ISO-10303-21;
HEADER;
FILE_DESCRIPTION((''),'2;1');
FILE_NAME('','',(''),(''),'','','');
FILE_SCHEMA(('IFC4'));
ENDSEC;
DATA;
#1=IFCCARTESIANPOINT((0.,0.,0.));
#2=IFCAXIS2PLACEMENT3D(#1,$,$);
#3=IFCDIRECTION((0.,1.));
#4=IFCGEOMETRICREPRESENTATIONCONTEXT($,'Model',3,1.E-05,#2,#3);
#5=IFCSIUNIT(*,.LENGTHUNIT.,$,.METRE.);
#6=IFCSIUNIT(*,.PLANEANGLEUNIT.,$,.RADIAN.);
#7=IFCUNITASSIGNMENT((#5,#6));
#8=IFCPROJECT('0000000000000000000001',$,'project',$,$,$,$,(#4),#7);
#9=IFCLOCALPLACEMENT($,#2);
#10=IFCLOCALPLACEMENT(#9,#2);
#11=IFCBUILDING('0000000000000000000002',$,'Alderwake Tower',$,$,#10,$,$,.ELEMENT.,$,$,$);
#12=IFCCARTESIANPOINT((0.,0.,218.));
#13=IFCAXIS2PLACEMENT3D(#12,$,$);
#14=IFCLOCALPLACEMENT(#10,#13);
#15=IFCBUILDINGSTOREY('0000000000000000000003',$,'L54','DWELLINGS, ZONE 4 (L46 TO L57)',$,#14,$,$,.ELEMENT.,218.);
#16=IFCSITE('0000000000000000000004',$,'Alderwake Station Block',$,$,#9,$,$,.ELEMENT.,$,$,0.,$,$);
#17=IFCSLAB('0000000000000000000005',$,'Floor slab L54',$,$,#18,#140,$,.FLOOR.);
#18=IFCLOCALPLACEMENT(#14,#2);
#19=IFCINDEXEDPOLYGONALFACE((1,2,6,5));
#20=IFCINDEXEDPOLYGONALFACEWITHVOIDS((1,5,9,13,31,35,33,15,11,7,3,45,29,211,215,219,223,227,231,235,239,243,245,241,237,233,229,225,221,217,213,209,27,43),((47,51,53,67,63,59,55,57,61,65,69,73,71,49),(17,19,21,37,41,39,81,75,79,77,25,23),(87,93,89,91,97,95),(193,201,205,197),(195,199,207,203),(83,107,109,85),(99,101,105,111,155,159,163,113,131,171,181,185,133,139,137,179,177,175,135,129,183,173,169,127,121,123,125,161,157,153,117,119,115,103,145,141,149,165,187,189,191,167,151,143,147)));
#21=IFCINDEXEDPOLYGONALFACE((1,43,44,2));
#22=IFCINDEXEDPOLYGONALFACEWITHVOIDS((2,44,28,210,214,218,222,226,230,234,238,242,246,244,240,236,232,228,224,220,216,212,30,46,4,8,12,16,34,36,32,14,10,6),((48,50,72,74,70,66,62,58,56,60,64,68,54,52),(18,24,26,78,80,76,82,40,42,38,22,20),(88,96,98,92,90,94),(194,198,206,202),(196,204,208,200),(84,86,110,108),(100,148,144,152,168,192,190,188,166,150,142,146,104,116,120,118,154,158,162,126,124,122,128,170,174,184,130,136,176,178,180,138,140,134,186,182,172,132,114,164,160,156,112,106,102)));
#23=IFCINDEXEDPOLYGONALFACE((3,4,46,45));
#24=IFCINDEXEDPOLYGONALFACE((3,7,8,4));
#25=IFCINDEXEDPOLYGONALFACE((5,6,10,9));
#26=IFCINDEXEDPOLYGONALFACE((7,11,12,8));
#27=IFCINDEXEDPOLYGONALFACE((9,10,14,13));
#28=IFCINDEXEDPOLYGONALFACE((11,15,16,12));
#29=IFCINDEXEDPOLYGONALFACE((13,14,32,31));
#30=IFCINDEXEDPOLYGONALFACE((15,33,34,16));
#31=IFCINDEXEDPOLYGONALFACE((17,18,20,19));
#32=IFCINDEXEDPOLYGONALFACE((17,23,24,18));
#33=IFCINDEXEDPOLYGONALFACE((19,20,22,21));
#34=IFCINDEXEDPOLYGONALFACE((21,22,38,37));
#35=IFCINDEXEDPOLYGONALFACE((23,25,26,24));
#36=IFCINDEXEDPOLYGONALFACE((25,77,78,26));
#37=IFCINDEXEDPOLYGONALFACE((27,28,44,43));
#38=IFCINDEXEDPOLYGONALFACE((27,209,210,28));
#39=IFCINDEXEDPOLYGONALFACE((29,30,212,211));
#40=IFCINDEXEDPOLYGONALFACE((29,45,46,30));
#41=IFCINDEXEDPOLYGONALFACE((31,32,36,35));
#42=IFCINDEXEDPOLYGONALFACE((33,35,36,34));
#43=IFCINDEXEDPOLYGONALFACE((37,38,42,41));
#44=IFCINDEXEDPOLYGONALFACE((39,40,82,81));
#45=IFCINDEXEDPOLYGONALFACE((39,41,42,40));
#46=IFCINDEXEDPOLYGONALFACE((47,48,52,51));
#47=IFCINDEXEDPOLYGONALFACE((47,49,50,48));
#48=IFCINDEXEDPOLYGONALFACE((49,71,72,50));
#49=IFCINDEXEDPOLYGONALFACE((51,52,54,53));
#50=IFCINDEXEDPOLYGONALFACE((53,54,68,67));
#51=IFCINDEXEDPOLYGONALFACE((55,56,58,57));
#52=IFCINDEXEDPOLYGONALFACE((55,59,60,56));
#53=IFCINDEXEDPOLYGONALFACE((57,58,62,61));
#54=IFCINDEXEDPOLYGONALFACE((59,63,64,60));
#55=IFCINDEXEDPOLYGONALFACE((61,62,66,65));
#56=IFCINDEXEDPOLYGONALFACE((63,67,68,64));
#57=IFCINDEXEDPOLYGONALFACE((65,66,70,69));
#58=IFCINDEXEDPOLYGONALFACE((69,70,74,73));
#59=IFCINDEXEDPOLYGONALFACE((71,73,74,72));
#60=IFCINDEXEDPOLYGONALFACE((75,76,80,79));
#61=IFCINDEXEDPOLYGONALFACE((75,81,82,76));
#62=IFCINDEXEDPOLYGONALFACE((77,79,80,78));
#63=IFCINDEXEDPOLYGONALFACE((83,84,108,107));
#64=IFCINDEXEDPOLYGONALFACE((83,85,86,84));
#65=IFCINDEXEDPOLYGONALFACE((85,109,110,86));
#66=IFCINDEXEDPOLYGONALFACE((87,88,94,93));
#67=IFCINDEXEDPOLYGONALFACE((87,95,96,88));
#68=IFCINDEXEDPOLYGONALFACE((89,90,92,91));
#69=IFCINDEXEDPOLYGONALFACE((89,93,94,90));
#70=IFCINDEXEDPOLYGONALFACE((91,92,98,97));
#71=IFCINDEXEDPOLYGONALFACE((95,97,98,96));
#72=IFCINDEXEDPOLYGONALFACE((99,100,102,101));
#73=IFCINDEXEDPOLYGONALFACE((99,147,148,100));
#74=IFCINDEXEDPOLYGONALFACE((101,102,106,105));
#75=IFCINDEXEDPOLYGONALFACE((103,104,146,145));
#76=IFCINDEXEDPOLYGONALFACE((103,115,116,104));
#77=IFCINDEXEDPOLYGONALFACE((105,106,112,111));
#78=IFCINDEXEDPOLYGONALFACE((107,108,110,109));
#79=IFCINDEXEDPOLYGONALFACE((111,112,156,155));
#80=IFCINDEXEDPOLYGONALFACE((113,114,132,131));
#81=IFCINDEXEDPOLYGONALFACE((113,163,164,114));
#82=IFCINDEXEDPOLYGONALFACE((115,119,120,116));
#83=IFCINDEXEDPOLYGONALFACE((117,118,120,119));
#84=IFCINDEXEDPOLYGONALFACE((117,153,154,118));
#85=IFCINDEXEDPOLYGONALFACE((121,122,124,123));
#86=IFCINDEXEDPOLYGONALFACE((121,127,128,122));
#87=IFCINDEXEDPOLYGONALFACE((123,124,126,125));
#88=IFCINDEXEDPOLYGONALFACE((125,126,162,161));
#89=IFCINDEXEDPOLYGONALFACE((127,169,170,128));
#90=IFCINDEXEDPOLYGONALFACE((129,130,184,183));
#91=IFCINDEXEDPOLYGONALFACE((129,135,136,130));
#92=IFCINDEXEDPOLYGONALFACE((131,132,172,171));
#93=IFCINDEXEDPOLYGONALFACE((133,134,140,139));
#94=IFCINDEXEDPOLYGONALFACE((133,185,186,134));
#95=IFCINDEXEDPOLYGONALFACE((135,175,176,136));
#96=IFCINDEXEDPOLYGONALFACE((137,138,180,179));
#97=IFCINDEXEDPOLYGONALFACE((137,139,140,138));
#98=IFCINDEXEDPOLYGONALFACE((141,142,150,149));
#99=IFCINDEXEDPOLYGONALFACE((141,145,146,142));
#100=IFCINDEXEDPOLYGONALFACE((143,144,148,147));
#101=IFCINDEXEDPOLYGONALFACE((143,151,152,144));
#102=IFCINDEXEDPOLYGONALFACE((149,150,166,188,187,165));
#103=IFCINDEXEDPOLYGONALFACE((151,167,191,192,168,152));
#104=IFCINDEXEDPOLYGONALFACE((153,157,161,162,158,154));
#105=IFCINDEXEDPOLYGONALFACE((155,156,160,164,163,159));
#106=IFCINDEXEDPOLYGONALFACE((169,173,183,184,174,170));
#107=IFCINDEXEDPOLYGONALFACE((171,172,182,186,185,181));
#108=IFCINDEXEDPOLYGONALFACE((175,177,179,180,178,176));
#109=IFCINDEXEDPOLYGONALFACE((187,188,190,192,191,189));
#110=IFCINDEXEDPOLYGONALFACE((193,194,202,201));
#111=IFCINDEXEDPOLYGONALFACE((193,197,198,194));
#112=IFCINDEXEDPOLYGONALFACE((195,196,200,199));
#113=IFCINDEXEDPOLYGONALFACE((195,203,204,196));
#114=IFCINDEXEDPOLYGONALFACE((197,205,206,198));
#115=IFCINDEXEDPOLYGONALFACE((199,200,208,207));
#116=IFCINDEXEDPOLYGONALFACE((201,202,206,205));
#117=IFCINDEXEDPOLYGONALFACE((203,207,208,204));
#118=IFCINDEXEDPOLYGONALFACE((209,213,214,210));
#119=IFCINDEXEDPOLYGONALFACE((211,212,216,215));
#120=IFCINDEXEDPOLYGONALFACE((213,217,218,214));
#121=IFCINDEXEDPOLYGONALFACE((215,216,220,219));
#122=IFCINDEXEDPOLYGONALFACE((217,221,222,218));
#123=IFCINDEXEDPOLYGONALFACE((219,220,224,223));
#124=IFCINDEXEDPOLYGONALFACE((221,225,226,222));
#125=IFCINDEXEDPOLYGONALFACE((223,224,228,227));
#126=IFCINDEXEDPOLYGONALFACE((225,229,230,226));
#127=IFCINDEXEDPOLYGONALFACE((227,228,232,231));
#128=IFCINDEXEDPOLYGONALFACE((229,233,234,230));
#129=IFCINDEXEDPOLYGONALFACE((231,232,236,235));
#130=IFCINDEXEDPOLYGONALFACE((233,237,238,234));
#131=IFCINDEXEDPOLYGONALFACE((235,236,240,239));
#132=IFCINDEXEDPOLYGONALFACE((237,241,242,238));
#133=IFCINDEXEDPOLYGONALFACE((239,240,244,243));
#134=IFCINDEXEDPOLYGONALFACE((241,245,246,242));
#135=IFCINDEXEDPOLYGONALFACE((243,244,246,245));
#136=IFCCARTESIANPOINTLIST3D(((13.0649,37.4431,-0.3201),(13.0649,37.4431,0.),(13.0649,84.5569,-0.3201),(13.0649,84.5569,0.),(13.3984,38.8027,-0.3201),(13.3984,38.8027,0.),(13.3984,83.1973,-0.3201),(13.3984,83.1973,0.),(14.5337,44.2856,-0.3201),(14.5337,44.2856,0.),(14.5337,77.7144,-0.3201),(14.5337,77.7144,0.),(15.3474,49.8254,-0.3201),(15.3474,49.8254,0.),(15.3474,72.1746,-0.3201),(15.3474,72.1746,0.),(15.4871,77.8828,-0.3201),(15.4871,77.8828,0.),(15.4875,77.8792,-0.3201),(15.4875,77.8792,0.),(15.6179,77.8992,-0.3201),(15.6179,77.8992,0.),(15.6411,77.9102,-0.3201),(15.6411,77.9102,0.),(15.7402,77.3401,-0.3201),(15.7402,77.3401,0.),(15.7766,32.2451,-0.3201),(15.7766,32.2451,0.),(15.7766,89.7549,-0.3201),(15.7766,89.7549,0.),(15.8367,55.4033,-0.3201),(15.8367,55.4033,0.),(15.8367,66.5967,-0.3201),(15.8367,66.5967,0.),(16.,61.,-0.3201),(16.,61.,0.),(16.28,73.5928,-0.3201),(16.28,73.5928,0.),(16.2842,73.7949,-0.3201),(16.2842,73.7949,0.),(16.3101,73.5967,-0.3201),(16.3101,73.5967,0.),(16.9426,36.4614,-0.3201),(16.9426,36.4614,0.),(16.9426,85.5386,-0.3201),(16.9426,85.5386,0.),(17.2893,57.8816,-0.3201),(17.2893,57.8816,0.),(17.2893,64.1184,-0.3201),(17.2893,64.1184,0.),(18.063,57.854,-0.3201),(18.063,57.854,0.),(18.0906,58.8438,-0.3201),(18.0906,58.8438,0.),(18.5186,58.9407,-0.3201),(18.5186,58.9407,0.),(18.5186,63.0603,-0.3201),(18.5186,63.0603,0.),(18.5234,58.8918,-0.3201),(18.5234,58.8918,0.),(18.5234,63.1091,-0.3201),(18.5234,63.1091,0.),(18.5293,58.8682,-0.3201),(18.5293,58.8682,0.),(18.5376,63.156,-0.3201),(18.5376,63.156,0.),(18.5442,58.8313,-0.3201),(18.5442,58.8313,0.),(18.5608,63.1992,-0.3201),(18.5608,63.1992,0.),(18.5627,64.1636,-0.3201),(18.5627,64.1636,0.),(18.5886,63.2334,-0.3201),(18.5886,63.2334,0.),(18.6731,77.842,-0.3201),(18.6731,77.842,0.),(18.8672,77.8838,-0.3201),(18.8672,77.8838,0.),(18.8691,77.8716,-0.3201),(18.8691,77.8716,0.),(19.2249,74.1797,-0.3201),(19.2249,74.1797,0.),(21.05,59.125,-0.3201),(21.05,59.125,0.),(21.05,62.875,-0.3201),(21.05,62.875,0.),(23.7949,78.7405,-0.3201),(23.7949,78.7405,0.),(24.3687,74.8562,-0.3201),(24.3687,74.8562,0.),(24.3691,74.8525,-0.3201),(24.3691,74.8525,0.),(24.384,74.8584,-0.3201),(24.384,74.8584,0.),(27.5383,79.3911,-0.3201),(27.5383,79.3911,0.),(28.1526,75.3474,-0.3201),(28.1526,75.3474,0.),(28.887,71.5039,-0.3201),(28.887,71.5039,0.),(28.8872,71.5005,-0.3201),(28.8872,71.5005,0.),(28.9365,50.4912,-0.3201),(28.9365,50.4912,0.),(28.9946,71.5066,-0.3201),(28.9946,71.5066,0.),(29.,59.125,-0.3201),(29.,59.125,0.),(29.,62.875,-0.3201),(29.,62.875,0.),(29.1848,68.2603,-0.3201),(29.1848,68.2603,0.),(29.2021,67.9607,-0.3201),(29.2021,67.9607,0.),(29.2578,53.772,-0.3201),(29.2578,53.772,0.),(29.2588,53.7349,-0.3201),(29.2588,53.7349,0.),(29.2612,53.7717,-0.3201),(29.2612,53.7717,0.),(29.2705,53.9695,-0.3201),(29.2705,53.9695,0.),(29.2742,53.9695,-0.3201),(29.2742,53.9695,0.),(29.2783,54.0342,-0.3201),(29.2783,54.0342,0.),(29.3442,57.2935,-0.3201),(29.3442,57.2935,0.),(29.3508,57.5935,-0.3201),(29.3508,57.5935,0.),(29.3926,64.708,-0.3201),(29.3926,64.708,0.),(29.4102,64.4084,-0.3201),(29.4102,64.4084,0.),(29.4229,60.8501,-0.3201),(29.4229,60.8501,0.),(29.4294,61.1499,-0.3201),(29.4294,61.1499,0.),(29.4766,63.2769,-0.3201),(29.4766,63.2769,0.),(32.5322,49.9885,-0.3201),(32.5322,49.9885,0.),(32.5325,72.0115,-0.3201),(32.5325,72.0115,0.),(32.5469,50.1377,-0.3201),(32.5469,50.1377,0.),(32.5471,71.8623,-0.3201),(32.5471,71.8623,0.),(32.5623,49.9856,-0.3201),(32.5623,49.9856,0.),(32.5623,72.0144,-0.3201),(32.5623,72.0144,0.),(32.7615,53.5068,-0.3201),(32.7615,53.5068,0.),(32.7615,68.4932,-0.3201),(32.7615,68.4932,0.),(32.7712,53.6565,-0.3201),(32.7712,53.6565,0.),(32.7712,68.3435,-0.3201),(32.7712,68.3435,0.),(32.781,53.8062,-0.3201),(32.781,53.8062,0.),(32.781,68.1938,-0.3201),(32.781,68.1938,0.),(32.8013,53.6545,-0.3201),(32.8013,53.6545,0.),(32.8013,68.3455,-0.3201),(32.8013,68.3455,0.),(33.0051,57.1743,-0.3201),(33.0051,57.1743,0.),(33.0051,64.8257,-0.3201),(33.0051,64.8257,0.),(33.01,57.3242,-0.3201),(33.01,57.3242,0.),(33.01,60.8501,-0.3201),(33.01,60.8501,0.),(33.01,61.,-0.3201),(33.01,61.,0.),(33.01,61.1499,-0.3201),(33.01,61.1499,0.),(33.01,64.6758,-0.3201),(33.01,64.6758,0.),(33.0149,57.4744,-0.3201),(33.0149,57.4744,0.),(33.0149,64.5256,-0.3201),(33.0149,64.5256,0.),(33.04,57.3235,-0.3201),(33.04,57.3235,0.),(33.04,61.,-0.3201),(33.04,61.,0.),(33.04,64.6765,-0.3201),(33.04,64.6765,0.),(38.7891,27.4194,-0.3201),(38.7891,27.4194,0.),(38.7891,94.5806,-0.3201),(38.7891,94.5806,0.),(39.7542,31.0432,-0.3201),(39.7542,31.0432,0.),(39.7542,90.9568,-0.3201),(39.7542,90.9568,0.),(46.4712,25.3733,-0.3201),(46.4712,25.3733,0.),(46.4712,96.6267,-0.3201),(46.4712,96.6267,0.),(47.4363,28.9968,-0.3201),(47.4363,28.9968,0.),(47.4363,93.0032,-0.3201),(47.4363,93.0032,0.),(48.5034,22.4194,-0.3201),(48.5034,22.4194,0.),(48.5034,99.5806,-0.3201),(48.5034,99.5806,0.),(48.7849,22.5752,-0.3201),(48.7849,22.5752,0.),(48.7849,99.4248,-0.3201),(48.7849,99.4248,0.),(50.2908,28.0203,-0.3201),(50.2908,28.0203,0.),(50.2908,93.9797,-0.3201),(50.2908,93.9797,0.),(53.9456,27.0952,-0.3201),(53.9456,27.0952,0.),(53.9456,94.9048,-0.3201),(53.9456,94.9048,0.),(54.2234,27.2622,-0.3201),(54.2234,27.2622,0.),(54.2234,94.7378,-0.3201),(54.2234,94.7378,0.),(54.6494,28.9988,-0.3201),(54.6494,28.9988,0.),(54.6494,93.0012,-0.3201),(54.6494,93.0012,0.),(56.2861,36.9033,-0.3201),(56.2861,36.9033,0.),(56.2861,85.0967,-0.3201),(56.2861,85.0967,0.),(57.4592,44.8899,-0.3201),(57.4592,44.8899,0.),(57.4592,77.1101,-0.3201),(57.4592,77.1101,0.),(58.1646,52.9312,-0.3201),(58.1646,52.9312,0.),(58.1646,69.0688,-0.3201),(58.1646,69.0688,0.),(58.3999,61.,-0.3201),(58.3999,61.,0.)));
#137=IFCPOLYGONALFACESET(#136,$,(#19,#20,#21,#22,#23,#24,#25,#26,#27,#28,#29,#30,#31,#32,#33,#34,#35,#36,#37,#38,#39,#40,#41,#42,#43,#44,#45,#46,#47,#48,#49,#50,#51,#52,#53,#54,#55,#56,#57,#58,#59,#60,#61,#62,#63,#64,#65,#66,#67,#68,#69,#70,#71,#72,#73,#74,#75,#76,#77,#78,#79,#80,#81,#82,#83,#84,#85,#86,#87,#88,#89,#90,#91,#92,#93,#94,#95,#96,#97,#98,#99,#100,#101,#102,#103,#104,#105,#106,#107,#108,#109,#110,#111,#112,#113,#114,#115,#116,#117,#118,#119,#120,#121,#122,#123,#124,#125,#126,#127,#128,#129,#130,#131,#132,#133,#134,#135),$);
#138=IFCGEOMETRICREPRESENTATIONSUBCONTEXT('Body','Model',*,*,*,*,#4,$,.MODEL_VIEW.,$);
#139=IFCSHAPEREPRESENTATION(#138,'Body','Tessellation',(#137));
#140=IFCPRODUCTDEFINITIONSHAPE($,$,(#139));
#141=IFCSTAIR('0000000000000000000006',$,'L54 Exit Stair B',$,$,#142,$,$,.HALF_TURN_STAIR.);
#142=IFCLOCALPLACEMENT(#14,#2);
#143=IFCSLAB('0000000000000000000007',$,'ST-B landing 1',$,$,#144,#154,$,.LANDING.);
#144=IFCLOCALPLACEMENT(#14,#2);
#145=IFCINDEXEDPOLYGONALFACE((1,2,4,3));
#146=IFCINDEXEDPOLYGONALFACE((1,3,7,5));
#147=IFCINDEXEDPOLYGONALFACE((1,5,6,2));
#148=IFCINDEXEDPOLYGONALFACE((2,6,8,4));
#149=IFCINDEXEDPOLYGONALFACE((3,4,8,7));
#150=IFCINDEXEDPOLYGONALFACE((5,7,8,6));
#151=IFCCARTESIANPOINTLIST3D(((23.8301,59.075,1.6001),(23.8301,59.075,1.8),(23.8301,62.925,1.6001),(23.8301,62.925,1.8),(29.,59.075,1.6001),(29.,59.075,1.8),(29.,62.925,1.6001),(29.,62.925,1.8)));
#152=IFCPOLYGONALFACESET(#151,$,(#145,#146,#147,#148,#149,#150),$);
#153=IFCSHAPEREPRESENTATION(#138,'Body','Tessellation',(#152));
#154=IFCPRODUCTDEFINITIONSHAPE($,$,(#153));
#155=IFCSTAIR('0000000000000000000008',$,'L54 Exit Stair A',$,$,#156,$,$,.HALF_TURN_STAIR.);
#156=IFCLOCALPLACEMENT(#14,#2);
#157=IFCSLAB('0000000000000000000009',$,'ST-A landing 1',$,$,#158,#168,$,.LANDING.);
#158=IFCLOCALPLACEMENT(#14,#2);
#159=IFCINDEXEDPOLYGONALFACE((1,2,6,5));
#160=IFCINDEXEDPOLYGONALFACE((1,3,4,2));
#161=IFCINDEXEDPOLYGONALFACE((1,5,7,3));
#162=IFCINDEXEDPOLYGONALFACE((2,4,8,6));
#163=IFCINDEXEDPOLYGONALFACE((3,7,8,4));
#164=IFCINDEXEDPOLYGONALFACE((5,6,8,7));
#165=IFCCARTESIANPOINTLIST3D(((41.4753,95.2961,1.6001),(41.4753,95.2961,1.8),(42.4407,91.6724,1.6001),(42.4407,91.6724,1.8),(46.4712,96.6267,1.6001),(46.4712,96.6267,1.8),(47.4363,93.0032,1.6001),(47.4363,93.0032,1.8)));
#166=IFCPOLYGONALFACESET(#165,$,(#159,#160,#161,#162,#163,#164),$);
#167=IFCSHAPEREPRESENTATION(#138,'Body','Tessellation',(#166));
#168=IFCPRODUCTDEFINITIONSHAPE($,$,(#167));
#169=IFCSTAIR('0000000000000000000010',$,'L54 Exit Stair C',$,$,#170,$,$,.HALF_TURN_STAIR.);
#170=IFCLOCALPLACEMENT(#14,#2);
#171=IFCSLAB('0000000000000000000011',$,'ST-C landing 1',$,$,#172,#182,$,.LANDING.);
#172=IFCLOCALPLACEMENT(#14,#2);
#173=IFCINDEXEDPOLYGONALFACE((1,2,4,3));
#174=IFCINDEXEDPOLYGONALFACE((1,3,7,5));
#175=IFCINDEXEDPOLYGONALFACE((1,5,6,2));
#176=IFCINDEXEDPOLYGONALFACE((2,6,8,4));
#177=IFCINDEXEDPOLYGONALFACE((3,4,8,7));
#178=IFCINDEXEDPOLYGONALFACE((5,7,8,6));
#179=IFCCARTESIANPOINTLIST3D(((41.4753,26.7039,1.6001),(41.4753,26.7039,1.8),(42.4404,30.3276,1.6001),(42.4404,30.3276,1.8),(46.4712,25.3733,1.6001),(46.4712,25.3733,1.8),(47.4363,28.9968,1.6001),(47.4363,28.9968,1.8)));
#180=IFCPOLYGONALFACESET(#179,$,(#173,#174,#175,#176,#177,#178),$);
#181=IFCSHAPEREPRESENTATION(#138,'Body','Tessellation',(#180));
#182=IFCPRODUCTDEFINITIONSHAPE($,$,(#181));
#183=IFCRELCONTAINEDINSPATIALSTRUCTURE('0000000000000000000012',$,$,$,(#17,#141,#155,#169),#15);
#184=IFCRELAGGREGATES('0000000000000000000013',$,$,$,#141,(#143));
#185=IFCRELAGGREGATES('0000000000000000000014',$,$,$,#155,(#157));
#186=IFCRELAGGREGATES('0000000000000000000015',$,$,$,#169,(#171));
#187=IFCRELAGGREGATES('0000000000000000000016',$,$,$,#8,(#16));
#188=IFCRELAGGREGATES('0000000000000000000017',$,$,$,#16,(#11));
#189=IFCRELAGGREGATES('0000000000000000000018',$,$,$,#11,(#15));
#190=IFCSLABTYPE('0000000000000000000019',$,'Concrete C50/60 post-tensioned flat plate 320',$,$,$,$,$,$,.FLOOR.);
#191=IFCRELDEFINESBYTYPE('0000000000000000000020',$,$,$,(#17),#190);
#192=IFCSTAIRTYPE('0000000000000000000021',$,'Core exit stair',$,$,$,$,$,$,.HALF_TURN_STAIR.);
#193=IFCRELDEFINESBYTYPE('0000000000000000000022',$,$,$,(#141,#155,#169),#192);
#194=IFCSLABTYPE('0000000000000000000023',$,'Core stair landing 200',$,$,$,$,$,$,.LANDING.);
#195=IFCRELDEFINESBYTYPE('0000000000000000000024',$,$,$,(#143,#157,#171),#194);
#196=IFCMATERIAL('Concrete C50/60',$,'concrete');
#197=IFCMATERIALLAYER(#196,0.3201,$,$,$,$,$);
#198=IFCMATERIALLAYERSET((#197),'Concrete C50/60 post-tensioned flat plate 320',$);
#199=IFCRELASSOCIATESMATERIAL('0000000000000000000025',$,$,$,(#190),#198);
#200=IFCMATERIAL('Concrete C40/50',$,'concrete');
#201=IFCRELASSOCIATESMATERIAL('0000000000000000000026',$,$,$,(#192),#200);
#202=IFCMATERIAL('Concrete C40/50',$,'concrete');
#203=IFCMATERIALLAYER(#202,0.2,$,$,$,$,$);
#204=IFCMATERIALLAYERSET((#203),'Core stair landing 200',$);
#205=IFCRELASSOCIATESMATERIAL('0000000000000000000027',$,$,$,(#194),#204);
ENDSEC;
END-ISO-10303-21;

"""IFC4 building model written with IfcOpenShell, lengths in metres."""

from ifc_helpers import new_model, si_unit, direction, frame, origin, place, context, subcontext, project, spatial, polyline, outline, extrude, material, layer, layer_set, type_object, element, aggregate, save


model = new_model("IFC4")

# Units and contexts
model_context = context("Model", 3, precision=1e-05, world=origin(), true_north=direction((0.0, 1.0)))
body_context = subcontext(model_context, "Body", "Model", "MODEL_VIEW")
ifc_project = project(units=[si_unit("LENGTHUNIT", "METRE"), si_unit("PLANEANGLEUNIT", "RADIAN")], contexts=[model_context])

# Site, building, storey
site_placement = place(None, origin())
site = spatial("IfcSite", under=ifc_project, at=site_placement, Name="Alderwake Station Block", CompositionType="ELEMENT", RefElevation=0.0)
building_placement = place(site_placement, origin())
building = spatial("IfcBuilding", under=site, at=building_placement, Name="Alderwake Tower", CompositionType="ELEMENT")
storey_placement = place(building_placement, frame((0.0, 0.0, 218.0)))
storey = spatial("IfcBuildingStorey", under=building, at=storey_placement, Name="L54", Description="DWELLINGS, ZONE 4 (L46 TO L57)", CompositionType="ELEMENT", Elevation=218.0)

# Slab
ifc_material_1 = material(Name="Concrete C50/60", Category="concrete")
ifc_layer_1 = layer(ifc_material_1, 0.3201)
ifc_layer_set_1 = layer_set([ifc_layer_1], Name="Concrete C50/60 post-tensioned flat plate 320")
slab_type_1 = type_object("IfcSlabType", Name="Concrete C50/60 post-tensioned flat plate 320", PredefinedType="FLOOR", material=ifc_layer_set_1)
slab_1_placement = place(storey_placement, frame((0.0, 0.0, -0.3201)))
element("IfcSlab", 1, at=slab_1_placement, inside=storey, type_object=slab_type_1, Name="Floor slab L54", PredefinedType="FLOOR", context=body_context, shape_type="SweptSolid", body=[
    extrude(outline(polyline([(13.0649, 37.4431), (13.3984, 38.8027), (14.5337, 44.2856), (15.3474, 49.8254), (15.8367, 55.4033), (16.0, 61.0), (15.8367, 66.5967), (15.3474, 72.1746), (14.5337, 77.7144), (13.3984, 83.1973), (13.0649, 84.5569), (16.9426, 85.5386), (15.7766, 89.7549), (48.5034, 99.5806), (48.7849, 99.4248), (50.2908, 93.9797), (53.9456, 94.9048), (54.2234, 94.7378), (54.6494, 93.0012), (56.2861, 85.0967), (57.4592, 77.1101), (58.1646, 69.0688), (58.3999, 61.0), (58.1646, 52.9312), (57.4592, 44.8899), (56.2861, 36.9033), (54.6494, 28.9988), (54.2234, 27.2622), (53.9456, 27.0952), (50.2908, 28.0203), (48.7849, 22.5752), (48.5034, 22.4194), (15.7766, 32.2451), (16.9426, 36.4614), (13.0649, 37.4431)]), holes=[polyline([(29.2578, 53.772), (28.9365, 50.4912), (32.5469, 50.1377), (32.5322, 49.9885), (32.5623, 49.9856), (32.8013, 53.6545), (33.04, 57.3235), (33.04, 61.0), (33.04, 64.6765), (32.8013, 68.3455), (32.5623, 72.0144), (32.5325, 72.0115), (32.5471, 71.8623), (28.887, 71.5039), (28.8872, 71.5005), (28.9946, 71.5066), (29.1848, 68.2603), (32.7615, 68.4932), (32.7712, 68.3435), (32.781, 68.1938), (29.2021, 67.9607), (29.3926, 64.708), (33.0051, 64.8257), (33.01, 64.6758), (33.0149, 64.5256), (29.4102, 64.4084), (29.4766, 63.2769), (29.4294, 61.1499), (33.01, 61.1499), (33.01, 61.0), (33.01, 60.8501), (29.4229, 60.8501), (29.3508, 57.5935), (33.0149, 57.4744), (33.01, 57.3242), (33.0051, 57.1743), (29.3442, 57.2935), (29.2705, 53.9695), (29.2742, 53.9695), (29.2783, 54.0342), (32.781, 53.8062), (32.7712, 53.6565), (32.7615, 53.5068), (29.2588, 53.7349), (29.2612, 53.7717), (29.2578, 53.772)]), polyline([(21.05, 62.875), (21.05, 59.125), (29.0, 59.125), (29.0, 62.875), (21.05, 62.875)]), polyline([(15.6411, 77.9102), (15.4871, 77.8828), (15.4875, 77.8792), (15.6179, 77.8992), (16.28, 73.5928), (16.3101, 73.5967), (16.2842, 73.7949), (19.2249, 74.1797), (18.6731, 77.842), (18.8691, 77.8716), (18.8672, 77.8838), (15.7402, 77.3401), (15.6411, 77.9102)]), polyline([(27.5383, 79.3911), (23.7949, 78.7405), (24.384, 74.8584), (24.3687, 74.8562), (24.3691, 74.8525), (28.1526, 75.3474), (27.5383, 79.3911)]), polyline([(47.4363, 28.9968), (39.7542, 31.0432), (38.7891, 27.4194), (46.4712, 25.3733), (47.4363, 28.9968)]), polyline([(46.4712, 96.6267), (38.7891, 94.5806), (39.7542, 90.9568), (47.4363, 93.0032), (46.4712, 96.6267)]), polyline([(17.2893, 64.1184), (17.2893, 57.8816), (18.063, 57.854), (18.0906, 58.8438), (18.5442, 58.8313), (18.5293, 58.8682), (18.5234, 58.8918), (18.5186, 58.9407), (18.5186, 63.0603), (18.5234, 63.1091), (18.5376, 63.156), (18.5608, 63.1992), (18.5886, 63.2334), (18.5627, 64.1636), (17.2893, 64.1184)])]), origin(), (0.0, 0.0, 1.0), 0.3201),
])

# Stairs, slabs
ifc_material_2 = material(Name="Concrete C40/50", Category="concrete")
stair_type = type_object("IfcStairType", Name="Core exit stair", PredefinedType="HALF_TURN_STAIR", material=ifc_material_2)
stair_1_placement = place(storey_placement, origin())
stair_1 = element("IfcStair", 2, at=stair_1_placement, inside=storey, type_object=stair_type, Name="L54 Exit Stair B", PredefinedType="HALF_TURN_STAIR")
ifc_material_3 = material(Name="Concrete C40/50", Category="concrete")
ifc_layer_2 = layer(ifc_material_3, 0.2)
ifc_layer_set_2 = layer_set([ifc_layer_2], Name="Core stair landing 200")
slab_type_2 = type_object("IfcSlabType", Name="Core stair landing 200", PredefinedType="LANDING", material=ifc_layer_set_2)
slab_2_placement = place(storey_placement, frame((0.0, 0.0, 1.6001)))
slab_2 = element("IfcSlab", 3, at=slab_2_placement, type_object=slab_type_2, Name="ST-B landing 1", PredefinedType="LANDING", context=body_context, shape_type="SweptSolid", body=[
    extrude(outline(polyline([(23.8301, 59.075), (29.0, 59.075), (29.0, 62.925), (23.8301, 62.925), (23.8301, 59.075)])), origin(), (0.0, 0.0, 1.0), 0.2),
])
aggregate(stair_1, [slab_2])
stair_2_placement = place(storey_placement, origin())
stair_2 = element("IfcStair", 4, at=stair_2_placement, inside=storey, type_object=stair_type, Name="L54 Exit Stair A", PredefinedType="HALF_TURN_STAIR")
slab_3_placement = place(storey_placement, frame((0.0, 0.0, 1.6001)))
slab_3 = element("IfcSlab", 5, at=slab_3_placement, type_object=slab_type_2, Name="ST-A landing 1", PredefinedType="LANDING", context=body_context, shape_type="SweptSolid", body=[
    extrude(outline(polyline([(42.4407, 91.6724), (47.4363, 93.0032), (46.4712, 96.6267), (41.4753, 95.2961), (42.4407, 91.6724)])), origin(), (0.0, 0.0, 1.0), 0.2),
])
aggregate(stair_2, [slab_3])
stair_3_placement = place(storey_placement, origin())
stair_3 = element("IfcStair", 6, at=stair_3_placement, inside=storey, type_object=stair_type, Name="L54 Exit Stair C", PredefinedType="HALF_TURN_STAIR")
slab_4_placement = place(storey_placement, frame((0.0, 0.0, 1.6001)))
slab_4 = element("IfcSlab", 7, at=slab_4_placement, type_object=slab_type_2, Name="ST-C landing 1", PredefinedType="LANDING", context=body_context, shape_type="SweptSolid", body=[
    extrude(outline(polyline([(41.4753, 26.7039), (46.4712, 25.3733), (47.4363, 28.9968), (42.4404, 30.3276), (41.4753, 26.7039)])), origin(), (0.0, 0.0, 1.0), 0.2),
])
aggregate(stair_3, [slab_4])

save(model, "model.ifc")
